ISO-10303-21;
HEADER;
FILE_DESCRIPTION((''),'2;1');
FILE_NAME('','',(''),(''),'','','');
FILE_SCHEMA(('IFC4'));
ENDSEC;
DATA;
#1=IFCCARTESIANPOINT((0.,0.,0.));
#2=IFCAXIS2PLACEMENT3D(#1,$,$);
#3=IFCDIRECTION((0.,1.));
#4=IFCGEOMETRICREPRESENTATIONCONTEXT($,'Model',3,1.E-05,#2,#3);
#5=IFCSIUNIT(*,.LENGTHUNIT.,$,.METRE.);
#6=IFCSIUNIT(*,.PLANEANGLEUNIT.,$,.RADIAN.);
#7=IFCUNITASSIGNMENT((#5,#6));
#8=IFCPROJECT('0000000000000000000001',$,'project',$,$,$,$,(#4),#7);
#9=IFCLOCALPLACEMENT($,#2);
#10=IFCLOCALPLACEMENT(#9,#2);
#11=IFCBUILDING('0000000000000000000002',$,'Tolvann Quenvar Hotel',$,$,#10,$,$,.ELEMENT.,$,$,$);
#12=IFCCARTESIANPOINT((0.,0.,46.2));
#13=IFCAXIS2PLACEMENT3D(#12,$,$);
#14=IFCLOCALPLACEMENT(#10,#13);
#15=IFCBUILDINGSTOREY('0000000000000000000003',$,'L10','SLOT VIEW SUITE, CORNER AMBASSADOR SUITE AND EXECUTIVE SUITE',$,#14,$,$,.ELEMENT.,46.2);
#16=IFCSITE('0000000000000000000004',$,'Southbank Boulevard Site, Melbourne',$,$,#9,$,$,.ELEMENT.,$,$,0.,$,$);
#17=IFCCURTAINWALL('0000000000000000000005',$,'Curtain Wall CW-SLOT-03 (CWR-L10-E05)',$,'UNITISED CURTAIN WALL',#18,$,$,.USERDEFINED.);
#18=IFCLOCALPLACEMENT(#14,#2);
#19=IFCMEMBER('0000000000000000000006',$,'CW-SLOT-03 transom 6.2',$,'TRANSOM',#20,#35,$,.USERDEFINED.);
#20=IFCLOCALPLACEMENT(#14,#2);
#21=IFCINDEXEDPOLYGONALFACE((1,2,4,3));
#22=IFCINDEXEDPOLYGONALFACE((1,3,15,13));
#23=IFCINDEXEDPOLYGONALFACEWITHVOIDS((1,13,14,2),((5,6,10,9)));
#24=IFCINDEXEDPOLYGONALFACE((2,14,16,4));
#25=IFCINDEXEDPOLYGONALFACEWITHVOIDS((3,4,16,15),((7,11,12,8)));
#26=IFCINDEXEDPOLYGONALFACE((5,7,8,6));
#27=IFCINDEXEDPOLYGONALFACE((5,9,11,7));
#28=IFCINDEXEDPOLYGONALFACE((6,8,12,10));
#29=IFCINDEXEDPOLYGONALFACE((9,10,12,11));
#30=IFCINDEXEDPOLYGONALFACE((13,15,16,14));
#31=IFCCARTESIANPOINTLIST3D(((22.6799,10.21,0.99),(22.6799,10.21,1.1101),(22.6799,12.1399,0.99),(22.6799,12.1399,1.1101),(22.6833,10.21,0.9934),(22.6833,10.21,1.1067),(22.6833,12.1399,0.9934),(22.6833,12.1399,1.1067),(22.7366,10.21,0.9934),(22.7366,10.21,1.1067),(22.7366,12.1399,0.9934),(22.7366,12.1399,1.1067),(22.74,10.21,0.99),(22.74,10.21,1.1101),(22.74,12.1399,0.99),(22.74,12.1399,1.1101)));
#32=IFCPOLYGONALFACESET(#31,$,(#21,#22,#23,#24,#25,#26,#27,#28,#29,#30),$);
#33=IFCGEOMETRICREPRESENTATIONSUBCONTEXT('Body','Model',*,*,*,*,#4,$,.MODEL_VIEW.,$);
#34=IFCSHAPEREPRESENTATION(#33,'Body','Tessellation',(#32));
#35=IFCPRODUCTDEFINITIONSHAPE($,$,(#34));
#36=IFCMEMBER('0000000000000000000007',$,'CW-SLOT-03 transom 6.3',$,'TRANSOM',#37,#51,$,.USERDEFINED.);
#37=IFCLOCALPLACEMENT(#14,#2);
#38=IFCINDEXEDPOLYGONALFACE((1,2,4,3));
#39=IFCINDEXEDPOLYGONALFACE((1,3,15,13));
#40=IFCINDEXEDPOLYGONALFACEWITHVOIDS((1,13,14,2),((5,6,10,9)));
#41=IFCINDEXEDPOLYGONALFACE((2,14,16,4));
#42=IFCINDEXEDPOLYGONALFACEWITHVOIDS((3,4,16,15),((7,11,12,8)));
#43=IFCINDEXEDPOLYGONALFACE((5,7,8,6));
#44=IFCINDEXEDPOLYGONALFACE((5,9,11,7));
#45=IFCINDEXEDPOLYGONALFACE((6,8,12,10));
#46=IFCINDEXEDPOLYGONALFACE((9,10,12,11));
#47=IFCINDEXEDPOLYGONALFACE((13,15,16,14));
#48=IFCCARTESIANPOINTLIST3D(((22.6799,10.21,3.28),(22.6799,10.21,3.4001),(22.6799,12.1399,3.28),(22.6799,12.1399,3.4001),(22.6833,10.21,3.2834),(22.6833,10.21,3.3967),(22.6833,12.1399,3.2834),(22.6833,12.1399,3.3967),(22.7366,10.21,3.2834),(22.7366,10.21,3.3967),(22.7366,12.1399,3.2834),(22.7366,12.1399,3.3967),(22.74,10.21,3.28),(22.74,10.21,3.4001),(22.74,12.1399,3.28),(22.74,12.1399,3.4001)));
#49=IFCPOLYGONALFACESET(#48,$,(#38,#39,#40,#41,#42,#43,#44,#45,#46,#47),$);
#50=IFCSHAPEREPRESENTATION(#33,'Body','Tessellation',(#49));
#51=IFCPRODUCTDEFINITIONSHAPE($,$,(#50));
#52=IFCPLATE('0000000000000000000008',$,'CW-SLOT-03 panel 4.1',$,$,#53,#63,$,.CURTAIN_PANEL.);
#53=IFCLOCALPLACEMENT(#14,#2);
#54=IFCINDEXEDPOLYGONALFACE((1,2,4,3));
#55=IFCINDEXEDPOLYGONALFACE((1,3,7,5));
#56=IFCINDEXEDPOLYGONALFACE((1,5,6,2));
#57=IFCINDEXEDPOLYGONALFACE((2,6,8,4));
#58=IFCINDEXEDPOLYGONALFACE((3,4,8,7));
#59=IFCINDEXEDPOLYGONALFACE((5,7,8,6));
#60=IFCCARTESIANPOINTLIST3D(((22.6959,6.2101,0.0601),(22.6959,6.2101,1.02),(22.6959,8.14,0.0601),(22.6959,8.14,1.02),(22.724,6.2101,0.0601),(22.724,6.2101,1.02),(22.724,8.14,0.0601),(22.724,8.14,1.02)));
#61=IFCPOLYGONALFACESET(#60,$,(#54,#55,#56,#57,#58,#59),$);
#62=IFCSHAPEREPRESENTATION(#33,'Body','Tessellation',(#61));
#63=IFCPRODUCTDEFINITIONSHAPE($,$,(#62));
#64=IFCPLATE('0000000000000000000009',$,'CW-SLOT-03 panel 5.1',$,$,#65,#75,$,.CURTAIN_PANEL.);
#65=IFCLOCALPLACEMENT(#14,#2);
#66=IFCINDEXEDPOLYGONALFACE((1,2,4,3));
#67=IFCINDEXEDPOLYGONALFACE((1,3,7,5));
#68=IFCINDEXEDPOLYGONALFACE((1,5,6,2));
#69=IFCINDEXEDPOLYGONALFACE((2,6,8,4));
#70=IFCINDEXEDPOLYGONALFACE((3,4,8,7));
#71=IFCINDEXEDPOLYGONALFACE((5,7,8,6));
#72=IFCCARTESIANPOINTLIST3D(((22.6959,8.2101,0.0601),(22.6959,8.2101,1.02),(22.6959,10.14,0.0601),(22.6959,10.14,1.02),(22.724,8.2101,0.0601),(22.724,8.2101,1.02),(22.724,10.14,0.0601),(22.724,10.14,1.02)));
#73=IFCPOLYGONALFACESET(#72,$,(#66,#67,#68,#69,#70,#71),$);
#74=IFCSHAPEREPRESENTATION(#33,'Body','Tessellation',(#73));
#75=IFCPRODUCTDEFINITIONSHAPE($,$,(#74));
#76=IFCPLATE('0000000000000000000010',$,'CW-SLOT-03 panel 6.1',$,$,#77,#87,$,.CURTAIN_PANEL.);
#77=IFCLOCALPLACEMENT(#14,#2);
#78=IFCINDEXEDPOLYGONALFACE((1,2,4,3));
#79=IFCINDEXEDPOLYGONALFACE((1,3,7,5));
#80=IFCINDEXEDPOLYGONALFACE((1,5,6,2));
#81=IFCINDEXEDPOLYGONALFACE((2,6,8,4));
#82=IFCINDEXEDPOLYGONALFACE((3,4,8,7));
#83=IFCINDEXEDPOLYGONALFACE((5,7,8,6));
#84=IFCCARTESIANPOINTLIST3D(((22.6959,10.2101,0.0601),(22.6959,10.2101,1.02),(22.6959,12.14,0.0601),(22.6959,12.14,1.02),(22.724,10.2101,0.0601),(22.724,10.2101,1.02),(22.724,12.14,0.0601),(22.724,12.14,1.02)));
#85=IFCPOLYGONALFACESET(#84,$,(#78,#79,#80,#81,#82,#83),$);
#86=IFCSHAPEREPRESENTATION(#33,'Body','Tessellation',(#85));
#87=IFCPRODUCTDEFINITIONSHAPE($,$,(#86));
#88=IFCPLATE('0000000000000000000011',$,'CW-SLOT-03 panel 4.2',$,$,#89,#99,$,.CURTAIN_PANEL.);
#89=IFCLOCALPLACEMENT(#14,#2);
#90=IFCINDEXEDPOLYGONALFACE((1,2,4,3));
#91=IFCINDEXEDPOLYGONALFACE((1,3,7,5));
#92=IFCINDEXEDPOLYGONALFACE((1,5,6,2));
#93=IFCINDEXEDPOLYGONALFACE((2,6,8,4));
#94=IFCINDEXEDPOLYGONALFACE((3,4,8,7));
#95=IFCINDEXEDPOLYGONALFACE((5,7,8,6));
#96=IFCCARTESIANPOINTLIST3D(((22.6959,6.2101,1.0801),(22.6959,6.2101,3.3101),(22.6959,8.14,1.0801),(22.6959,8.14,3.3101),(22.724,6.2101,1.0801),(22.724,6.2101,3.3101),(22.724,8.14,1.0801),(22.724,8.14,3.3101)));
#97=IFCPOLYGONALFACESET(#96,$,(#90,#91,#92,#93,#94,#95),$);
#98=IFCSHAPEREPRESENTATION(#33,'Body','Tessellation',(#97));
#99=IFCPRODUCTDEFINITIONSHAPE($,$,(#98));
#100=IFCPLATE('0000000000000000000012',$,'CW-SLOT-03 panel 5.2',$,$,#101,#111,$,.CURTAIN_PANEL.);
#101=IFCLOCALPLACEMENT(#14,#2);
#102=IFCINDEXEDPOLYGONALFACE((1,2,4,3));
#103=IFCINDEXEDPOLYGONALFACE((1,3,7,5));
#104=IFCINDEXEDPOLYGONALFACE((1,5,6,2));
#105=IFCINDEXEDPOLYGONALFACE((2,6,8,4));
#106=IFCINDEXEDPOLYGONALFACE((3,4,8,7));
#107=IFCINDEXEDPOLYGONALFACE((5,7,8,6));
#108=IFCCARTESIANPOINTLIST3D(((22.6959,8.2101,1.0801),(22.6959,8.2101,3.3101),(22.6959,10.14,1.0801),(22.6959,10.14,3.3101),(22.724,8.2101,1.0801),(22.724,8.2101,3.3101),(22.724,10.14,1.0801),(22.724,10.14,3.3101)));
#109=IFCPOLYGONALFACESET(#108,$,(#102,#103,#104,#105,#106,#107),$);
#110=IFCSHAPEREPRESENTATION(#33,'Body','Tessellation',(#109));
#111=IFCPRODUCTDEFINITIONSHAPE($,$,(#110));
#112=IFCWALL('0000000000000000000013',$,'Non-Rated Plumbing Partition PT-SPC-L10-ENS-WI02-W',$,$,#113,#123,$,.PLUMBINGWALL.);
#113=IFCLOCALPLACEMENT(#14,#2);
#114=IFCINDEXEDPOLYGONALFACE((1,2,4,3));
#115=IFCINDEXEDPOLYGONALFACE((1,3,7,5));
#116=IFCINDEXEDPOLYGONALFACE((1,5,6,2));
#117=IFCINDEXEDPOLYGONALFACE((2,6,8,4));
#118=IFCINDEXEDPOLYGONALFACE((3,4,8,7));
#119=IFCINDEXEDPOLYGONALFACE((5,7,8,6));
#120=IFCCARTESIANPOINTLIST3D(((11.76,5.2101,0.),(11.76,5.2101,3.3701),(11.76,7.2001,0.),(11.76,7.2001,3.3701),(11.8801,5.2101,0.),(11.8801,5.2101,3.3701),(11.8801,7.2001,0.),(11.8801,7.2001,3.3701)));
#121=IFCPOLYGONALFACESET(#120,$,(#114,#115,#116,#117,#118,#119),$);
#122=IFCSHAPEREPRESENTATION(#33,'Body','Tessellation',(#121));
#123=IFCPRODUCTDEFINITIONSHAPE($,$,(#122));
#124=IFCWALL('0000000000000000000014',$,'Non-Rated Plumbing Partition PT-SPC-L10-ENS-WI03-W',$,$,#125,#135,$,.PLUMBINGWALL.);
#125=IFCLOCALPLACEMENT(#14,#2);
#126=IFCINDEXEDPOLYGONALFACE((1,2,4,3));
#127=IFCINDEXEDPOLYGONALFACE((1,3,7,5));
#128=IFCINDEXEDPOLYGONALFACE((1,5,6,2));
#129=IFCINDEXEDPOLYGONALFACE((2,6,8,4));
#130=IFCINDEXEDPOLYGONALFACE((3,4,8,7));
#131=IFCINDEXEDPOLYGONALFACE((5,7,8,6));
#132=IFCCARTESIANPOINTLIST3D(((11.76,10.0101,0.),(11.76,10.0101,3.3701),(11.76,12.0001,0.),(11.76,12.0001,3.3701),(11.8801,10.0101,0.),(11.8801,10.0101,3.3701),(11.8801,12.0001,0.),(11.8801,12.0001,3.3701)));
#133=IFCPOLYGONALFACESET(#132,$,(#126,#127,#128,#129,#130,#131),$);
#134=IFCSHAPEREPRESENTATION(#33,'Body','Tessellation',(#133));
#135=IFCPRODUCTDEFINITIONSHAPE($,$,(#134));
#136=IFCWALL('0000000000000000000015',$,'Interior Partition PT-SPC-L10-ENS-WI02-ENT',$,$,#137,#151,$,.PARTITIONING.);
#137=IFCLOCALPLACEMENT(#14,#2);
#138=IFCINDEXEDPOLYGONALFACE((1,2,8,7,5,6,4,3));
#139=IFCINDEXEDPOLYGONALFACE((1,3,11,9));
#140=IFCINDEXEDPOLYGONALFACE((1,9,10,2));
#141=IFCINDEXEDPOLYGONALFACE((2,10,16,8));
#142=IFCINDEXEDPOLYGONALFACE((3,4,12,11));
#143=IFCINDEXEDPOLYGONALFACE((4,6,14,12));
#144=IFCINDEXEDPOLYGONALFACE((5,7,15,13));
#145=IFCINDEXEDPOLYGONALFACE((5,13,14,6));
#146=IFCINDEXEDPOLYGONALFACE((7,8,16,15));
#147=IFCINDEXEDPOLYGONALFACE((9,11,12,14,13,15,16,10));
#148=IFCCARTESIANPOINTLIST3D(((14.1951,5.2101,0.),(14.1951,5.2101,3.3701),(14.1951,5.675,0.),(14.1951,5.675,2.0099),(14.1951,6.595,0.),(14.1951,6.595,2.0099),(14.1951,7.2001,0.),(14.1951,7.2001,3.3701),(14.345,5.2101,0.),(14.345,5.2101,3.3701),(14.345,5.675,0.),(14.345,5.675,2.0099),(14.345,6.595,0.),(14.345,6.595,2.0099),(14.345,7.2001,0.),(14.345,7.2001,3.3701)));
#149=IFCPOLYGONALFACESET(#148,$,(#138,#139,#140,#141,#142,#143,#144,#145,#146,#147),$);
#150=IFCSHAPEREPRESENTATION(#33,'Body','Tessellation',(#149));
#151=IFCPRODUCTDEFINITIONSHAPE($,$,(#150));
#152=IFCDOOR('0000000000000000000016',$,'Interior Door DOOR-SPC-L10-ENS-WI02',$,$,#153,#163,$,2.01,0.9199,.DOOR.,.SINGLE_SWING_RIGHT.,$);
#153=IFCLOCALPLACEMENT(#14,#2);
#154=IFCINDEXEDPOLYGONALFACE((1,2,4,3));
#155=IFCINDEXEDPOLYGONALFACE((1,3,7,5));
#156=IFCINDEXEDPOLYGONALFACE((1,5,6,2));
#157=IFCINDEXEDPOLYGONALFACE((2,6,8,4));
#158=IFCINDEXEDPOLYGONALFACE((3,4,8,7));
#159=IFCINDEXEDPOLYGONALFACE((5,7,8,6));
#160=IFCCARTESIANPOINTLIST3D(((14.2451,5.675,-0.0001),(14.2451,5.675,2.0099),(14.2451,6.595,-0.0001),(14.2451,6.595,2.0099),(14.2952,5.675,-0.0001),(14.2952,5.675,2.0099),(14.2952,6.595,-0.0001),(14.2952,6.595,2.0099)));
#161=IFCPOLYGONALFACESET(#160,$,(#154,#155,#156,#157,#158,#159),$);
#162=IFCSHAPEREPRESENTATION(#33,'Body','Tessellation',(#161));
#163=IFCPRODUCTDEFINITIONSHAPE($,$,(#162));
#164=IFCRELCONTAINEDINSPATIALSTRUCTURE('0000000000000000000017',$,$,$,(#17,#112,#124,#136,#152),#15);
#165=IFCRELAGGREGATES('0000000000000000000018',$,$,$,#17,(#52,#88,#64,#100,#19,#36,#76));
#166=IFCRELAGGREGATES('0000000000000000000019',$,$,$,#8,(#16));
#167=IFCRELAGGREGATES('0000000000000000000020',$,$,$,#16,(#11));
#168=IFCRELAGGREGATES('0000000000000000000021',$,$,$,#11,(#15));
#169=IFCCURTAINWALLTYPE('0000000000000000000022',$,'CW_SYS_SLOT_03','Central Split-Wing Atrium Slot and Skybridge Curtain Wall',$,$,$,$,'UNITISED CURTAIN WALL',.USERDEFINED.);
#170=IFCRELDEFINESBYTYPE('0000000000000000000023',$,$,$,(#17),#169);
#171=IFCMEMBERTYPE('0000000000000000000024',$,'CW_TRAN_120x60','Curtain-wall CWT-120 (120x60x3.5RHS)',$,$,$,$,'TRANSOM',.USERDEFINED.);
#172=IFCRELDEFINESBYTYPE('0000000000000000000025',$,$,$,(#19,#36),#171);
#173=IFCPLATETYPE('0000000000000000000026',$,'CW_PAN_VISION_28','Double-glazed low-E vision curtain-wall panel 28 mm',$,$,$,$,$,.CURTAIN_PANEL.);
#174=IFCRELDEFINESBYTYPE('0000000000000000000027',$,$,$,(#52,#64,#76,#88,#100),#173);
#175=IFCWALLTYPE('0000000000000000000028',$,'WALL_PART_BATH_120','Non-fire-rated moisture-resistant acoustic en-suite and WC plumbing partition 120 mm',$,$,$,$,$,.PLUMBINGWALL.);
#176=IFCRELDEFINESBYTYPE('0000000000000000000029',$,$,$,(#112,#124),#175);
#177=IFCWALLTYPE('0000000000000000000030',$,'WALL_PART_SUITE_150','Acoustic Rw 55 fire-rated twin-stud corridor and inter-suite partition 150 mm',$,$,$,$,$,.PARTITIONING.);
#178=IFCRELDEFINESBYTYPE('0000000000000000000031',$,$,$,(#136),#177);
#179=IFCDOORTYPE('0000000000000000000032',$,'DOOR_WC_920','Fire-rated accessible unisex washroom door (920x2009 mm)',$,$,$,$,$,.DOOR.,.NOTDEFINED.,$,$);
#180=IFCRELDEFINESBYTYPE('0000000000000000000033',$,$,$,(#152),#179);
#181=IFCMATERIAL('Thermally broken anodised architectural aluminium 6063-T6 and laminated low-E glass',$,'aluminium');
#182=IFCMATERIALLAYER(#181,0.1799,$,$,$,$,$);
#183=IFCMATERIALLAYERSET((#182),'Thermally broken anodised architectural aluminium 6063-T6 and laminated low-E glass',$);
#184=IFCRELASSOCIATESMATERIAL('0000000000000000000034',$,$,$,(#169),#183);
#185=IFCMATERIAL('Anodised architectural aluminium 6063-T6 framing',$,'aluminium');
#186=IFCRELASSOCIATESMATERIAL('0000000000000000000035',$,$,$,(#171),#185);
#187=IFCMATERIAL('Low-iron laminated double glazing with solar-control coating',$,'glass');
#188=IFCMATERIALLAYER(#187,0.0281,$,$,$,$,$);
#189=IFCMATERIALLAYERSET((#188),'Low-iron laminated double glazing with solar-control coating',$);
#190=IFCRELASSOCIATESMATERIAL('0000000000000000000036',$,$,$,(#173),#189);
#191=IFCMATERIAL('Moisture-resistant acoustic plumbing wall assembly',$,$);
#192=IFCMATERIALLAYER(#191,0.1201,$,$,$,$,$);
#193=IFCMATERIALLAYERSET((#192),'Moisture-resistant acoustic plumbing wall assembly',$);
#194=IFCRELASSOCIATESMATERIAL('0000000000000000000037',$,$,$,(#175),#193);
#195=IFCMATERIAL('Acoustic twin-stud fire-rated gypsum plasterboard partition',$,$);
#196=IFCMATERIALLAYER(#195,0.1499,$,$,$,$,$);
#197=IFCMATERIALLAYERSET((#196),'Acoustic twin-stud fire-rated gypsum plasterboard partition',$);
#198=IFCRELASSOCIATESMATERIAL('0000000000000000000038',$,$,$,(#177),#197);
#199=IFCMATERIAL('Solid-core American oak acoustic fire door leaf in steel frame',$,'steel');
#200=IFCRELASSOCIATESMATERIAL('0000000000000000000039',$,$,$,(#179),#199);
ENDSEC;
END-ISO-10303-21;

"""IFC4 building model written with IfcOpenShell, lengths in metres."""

from ifc_helpers import new_model, si_unit, direction, frame, frame_2d, origin, origin_2d, place, context, subcontext, project, spatial, rectangle, hollow_rectangle, extrude, source, transform, mapped, material, layer, layer_set, material_profile, profile_set, type_object, type_shapes, element, fill, aggregate, save


model = new_model("IFC4")

# Units and contexts
model_context = context("Model", 3, precision=1e-05, world=origin(), true_north=direction((0.0, 1.0)))
body_context = subcontext(model_context, "Body", "Model", "MODEL_VIEW")
ifc_project = project(units=[si_unit("LENGTHUNIT", "METRE"), si_unit("PLANEANGLEUNIT", "RADIAN")], contexts=[model_context])

# Site, building, storey
site_placement = place(None, origin())
site = spatial("IfcSite", under=ifc_project, at=site_placement, Name="Southbank Boulevard Site, Melbourne", CompositionType="ELEMENT", RefElevation=0.0)
building_placement = place(site_placement, origin())
building = spatial("IfcBuilding", under=site, at=building_placement, Name="Tolvann Quenvar Hotel", CompositionType="ELEMENT")
storey_placement = place(building_placement, frame((0.0, 0.0, 46.2)))
storey = spatial("IfcBuildingStorey", under=building, at=storey_placement, Name="L10", Description="SLOT VIEW SUITE, CORNER AMBASSADOR SUITE AND EXECUTIVE SUITE", CompositionType="ELEMENT", Elevation=46.2)

# Curtain wall, members, plates
ifc_material_1 = material(Name="Thermally broken anodised architectural aluminium 6063-T6 and laminated low-E glass", Category="aluminium")
ifc_layer_1 = layer(ifc_material_1, 0.1799)
ifc_layer_set_1 = layer_set([ifc_layer_1], Name="Thermally broken anodised architectural aluminium 6063-T6 and laminated low-E glass")
curtain_wall_type = type_object("IfcCurtainWallType", Name="CW_SYS_SLOT_03", Description="Central Split-Wing Atrium Slot and Skybridge Curtain Wall", ElementType="UNITISED CURTAIN WALL", PredefinedType="USERDEFINED", material=ifc_layer_set_1)
curtain_wall_placement = place(storey_placement, origin())
curtain_wall = element("IfcCurtainWall", 1, at=curtain_wall_placement, inside=storey, type_object=curtain_wall_type, Name="Curtain Wall CW-SLOT-03 (CWR-L10-E05)", ObjectType="UNITISED CURTAIN WALL", PredefinedType="USERDEFINED")
ifc_material_2 = material(Name="Anodised architectural aluminium 6063-T6 framing", Category="aluminium")
ifc_material_profile_1 = material_profile(ifc_material_2, hollow_rectangle(XDim=0.0601, YDim=0.1201, WallThickness=0.0034, at=origin_2d()), Name="120x60x3.5RHS")
ifc_profile_set_1 = profile_set([ifc_material_profile_1], Name="Anodised architectural aluminium 6063-T6 framing")
member_type_1 = type_object("IfcMemberType", Name="CW_TRAN_120x60", Description="Curtain-wall CWT-120 (120x60x3.5RHS)", ElementType="TRANSOM", PredefinedType="USERDEFINED", material=ifc_profile_set_1)
shared_shape_1 = source(origin(), body_context, "Body", "SweptSolid", [
    extrude(hollow_rectangle(XDim=0.0601, YDim=0.1201, WallThickness=0.0034, at=origin_2d()), origin(), (0.0, 0.0, 1.0), 1.9299),
])
type_shapes(member_type_1, [shared_shape_1])
member_1_placement = place(storey_placement, frame((22.71, 10.21, 1.05), z_axis=(0.0, 1.0, 0.0), x_axis=(-1.0, 0.0, 0.0)))
member_1 = element("IfcMember", 2, at=member_1_placement, type_object=member_type_1, Name="CW-SLOT-03 transom 6.2", ObjectType="TRANSOM", PredefinedType="USERDEFINED", context=body_context, shape_type="MappedRepresentation", body=[
    mapped(shared_shape_1, transform((0.0, 0.0, 0.0), x_axis=(1.0, 0.0, 0.0), y_axis=(0.0, 1.0, 0.0), z_axis=(0.0, 0.0, 1.0), scale=1.0)),
])
member_2_placement = place(storey_placement, frame((22.71, 10.21, 3.3401), z_axis=(0.0, 1.0, 0.0), x_axis=(-1.0, 0.0, 0.0)))
member_2 = element("IfcMember", 3, at=member_2_placement, type_object=member_type_1, Name="CW-SLOT-03 transom 6.3", ObjectType="TRANSOM", PredefinedType="USERDEFINED", context=body_context, shape_type="MappedRepresentation", body=[
    mapped(shared_shape_1, transform((0.0, 0.0, 0.0), x_axis=(1.0, 0.0, 0.0), y_axis=(0.0, 1.0, 0.0), z_axis=(0.0, 0.0, 1.0), scale=1.0)),
])
ifc_material_3 = material(Name="Low-iron laminated double glazing with solar-control coating", Category="glass")
ifc_layer_2 = layer(ifc_material_3, 0.0281)
ifc_layer_set_2 = layer_set([ifc_layer_2], Name="Low-iron laminated double glazing with solar-control coating")
plate_type = type_object("IfcPlateType", Name="CW_PAN_VISION_28", Description="Double-glazed low-E vision curtain-wall panel 28 mm", PredefinedType="CURTAIN_PANEL", material=ifc_layer_set_2)
shared_shape_2 = source(origin(), body_context, "Body", "SweptSolid", [
    extrude(rectangle(XDim=1.9299, YDim=0.0281, at=origin_2d()), origin(), (0.0, 0.0, 1.0), 0.96),
])
plate_1_placement = place(storey_placement, frame((22.71, 7.175, 0.0601), z_axis=(0.0, 0.0, 1.0), x_axis=(0.0, 1.0, 0.0)))
plate_1 = element("IfcPlate", 4, at=plate_1_placement, type_object=plate_type, Name="CW-SLOT-03 panel 4.1", PredefinedType="CURTAIN_PANEL", context=body_context, shape_type="MappedRepresentation", body=[
    mapped(shared_shape_2, transform((0.0, 0.0, 0.0), x_axis=(1.0, 0.0, 0.0), y_axis=(0.0, 1.0, 0.0), z_axis=(0.0, 0.0, 1.0), scale=1.0)),
])
plate_2_placement = place(storey_placement, frame((22.71, 9.175, 0.0601), z_axis=(0.0, 0.0, 1.0), x_axis=(0.0, 1.0, 0.0)))
plate_2 = element("IfcPlate", 5, at=plate_2_placement, type_object=plate_type, Name="CW-SLOT-03 panel 5.1", PredefinedType="CURTAIN_PANEL", context=body_context, shape_type="MappedRepresentation", body=[
    mapped(shared_shape_2, transform((0.0, 0.0, 0.0), x_axis=(1.0, 0.0, 0.0), y_axis=(0.0, 1.0, 0.0), z_axis=(0.0, 0.0, 1.0), scale=1.0)),
])
plate_3_placement = place(storey_placement, frame((22.71, 11.175, 0.0601), z_axis=(0.0, 0.0, 1.0), x_axis=(0.0, 1.0, 0.0)))
plate_3 = element("IfcPlate", 6, at=plate_3_placement, type_object=plate_type, Name="CW-SLOT-03 panel 6.1", PredefinedType="CURTAIN_PANEL", context=body_context, shape_type="MappedRepresentation", body=[
    mapped(shared_shape_2, transform((0.0, 0.0, 0.0), x_axis=(1.0, 0.0, 0.0), y_axis=(0.0, 1.0, 0.0), z_axis=(0.0, 0.0, 1.0), scale=1.0)),
])
shared_shape_3 = source(origin(), body_context, "Body", "SweptSolid", [
    extrude(rectangle(XDim=1.9299, YDim=0.0281, at=origin_2d()), origin(), (0.0, 0.0, 1.0), 2.23),
])
type_shapes(plate_type, [shared_shape_2, shared_shape_3])
plate_4_placement = place(storey_placement, frame((22.71, 7.175, 1.0801), z_axis=(0.0, 0.0, 1.0), x_axis=(0.0, 1.0, 0.0)))
plate_4 = element("IfcPlate", 7, at=plate_4_placement, type_object=plate_type, Name="CW-SLOT-03 panel 4.2", PredefinedType="CURTAIN_PANEL", context=body_context, shape_type="MappedRepresentation", body=[
    mapped(shared_shape_3, transform((0.0, 0.0, 0.0), x_axis=(1.0, 0.0, 0.0), y_axis=(0.0, 1.0, 0.0), z_axis=(0.0, 0.0, 1.0), scale=1.0)),
])
plate_5_placement = place(storey_placement, frame((22.71, 9.175, 1.0801), z_axis=(0.0, 0.0, 1.0), x_axis=(0.0, 1.0, 0.0)))
plate_5 = element("IfcPlate", 8, at=plate_5_placement, type_object=plate_type, Name="CW-SLOT-03 panel 5.2", PredefinedType="CURTAIN_PANEL", context=body_context, shape_type="MappedRepresentation", body=[
    mapped(shared_shape_3, transform((0.0, 0.0, 0.0), x_axis=(1.0, 0.0, 0.0), y_axis=(0.0, 1.0, 0.0), z_axis=(0.0, 0.0, 1.0), scale=1.0)),
])
aggregate(curtain_wall, [plate_1, plate_4, plate_2, plate_5, member_1, member_2, plate_3])

# Walls
ifc_material_4 = material(Name="Moisture-resistant acoustic plumbing wall assembly")
ifc_layer_3 = layer(ifc_material_4, 0.1201)
ifc_layer_set_3 = layer_set([ifc_layer_3], Name="Moisture-resistant acoustic plumbing wall assembly")
wall_type_1 = type_object("IfcWallType", Name="WALL_PART_BATH_120", Description="Non-fire-rated moisture-resistant acoustic en-suite and WC plumbing partition 120 mm", PredefinedType="PLUMBINGWALL", material=ifc_layer_set_3)
for number, where, z_axis, x_axis, name in (
    (9, (11.8201, 5.21, 0.0), (0.0, 0.0, 1.0), (0.0, 1.0, 0.0), "Non-Rated Plumbing Partition PT-SPC-L10-ENS-WI02-W"),
    (10, (11.8201, 10.01, 0.0), (0.0, 0.0, 1.0), (0.0, 1.0, 0.0), "Non-Rated Plumbing Partition PT-SPC-L10-ENS-WI03-W"),
):
    element("IfcWall", number, at=place(storey_placement, frame(where, z_axis=z_axis, x_axis=x_axis)), inside=storey, type_object=wall_type_1, Name=name, PredefinedType="PLUMBINGWALL", context=body_context, shape_type="SweptSolid", body=[
        extrude(rectangle(XDim=1.99, YDim=0.1201, at=frame_2d((0.9951, 0.0))), origin(), (0.0, 0.0, 1.0), 3.3701),
    ])

# Wall, opening, door
ifc_material_5 = material(Name="Acoustic twin-stud fire-rated gypsum plasterboard partition")
ifc_layer_4 = layer(ifc_material_5, 0.1499)
ifc_layer_set_4 = layer_set([ifc_layer_4], Name="Acoustic twin-stud fire-rated gypsum plasterboard partition")
wall_type_2 = type_object("IfcWallType", Name="WALL_PART_SUITE_150", Description="Acoustic Rw 55 fire-rated twin-stud corridor and inter-suite partition 150 mm", PredefinedType="PARTITIONING", material=ifc_layer_set_4)
wall_1_placement = place(storey_placement, frame((14.27, 5.21, 0.0), z_axis=(0.0, 0.0, 1.0), x_axis=(0.0, 1.0, 0.0)))
wall_1 = element("IfcWall", 11, at=wall_1_placement, inside=storey, type_object=wall_type_2, Name="Interior Partition PT-SPC-L10-ENS-WI02-ENT", PredefinedType="PARTITIONING", context=body_context, shape_type="SweptSolid", body=[
    extrude(rectangle(XDim=1.99, YDim=0.1499, at=frame_2d((0.9951, 0.0))), origin(), (0.0, 0.0, 1.0), 3.3701),
])
opening_1_placement = place(wall_1_placement, frame((0.4651, 0.0, 0.0)))
opening_1 = element("IfcOpeningElement", 12, at=opening_1_placement, cuts=wall_1, PredefinedType="OPENING", context=body_context, shape_type="SweptSolid", body=[
    extrude(rectangle(XDim=0.9199, YDim=2.01, at=frame_2d((0.46, 1.0049))), frame((0.0, 0.085, 0.0), z_axis=(0.0, -1.0, 0.0), x_axis=(1.0, 0.0, 0.0)), (0.0, 0.0, 1.0), 0.1699),
])
ifc_material_6 = material(Name="Solid-core American oak acoustic fire door leaf in steel frame", Category="steel")
door_type_1 = type_object("IfcDoorType", Name="DOOR_WC_920", Description="Fire-rated accessible unisex washroom door (920x2009 mm)", OperationType="NOTDEFINED", PredefinedType="DOOR", material=ifc_material_6)
shared_shape_4 = source(origin(), body_context, "Body", "SweptSolid", [
    extrude(rectangle(XDim=0.9199, YDim=2.01, at=frame_2d((0.46, 1.0049))), frame((0.0, 0.0249, 0.0), z_axis=(0.0, -1.0, 0.0), x_axis=(1.0, 0.0, 0.0)), (0.0, 0.0, 1.0), 0.05),
])
type_shapes(door_type_1, [shared_shape_4])
door_1_placement = place(opening_1_placement, origin())
door_1 = element("IfcDoor", 13, at=door_1_placement, inside=storey, type_object=door_type_1, Name="Interior Door DOOR-SPC-L10-ENS-WI02", OperationType="SINGLE_SWING_RIGHT", OverallHeight=2.01, OverallWidth=0.9199, PredefinedType="DOOR", context=body_context, shape_type="MappedRepresentation", body=[
    mapped(shared_shape_4, transform((0.0, 0.0, 0.0), x_axis=(1.0, 0.0, 0.0), y_axis=(0.0, 1.0, 0.0), z_axis=(0.0, 0.0, 1.0), scale=1.0)),
])
fill(opening_1, door_1)

save(model, "model.ifc")
